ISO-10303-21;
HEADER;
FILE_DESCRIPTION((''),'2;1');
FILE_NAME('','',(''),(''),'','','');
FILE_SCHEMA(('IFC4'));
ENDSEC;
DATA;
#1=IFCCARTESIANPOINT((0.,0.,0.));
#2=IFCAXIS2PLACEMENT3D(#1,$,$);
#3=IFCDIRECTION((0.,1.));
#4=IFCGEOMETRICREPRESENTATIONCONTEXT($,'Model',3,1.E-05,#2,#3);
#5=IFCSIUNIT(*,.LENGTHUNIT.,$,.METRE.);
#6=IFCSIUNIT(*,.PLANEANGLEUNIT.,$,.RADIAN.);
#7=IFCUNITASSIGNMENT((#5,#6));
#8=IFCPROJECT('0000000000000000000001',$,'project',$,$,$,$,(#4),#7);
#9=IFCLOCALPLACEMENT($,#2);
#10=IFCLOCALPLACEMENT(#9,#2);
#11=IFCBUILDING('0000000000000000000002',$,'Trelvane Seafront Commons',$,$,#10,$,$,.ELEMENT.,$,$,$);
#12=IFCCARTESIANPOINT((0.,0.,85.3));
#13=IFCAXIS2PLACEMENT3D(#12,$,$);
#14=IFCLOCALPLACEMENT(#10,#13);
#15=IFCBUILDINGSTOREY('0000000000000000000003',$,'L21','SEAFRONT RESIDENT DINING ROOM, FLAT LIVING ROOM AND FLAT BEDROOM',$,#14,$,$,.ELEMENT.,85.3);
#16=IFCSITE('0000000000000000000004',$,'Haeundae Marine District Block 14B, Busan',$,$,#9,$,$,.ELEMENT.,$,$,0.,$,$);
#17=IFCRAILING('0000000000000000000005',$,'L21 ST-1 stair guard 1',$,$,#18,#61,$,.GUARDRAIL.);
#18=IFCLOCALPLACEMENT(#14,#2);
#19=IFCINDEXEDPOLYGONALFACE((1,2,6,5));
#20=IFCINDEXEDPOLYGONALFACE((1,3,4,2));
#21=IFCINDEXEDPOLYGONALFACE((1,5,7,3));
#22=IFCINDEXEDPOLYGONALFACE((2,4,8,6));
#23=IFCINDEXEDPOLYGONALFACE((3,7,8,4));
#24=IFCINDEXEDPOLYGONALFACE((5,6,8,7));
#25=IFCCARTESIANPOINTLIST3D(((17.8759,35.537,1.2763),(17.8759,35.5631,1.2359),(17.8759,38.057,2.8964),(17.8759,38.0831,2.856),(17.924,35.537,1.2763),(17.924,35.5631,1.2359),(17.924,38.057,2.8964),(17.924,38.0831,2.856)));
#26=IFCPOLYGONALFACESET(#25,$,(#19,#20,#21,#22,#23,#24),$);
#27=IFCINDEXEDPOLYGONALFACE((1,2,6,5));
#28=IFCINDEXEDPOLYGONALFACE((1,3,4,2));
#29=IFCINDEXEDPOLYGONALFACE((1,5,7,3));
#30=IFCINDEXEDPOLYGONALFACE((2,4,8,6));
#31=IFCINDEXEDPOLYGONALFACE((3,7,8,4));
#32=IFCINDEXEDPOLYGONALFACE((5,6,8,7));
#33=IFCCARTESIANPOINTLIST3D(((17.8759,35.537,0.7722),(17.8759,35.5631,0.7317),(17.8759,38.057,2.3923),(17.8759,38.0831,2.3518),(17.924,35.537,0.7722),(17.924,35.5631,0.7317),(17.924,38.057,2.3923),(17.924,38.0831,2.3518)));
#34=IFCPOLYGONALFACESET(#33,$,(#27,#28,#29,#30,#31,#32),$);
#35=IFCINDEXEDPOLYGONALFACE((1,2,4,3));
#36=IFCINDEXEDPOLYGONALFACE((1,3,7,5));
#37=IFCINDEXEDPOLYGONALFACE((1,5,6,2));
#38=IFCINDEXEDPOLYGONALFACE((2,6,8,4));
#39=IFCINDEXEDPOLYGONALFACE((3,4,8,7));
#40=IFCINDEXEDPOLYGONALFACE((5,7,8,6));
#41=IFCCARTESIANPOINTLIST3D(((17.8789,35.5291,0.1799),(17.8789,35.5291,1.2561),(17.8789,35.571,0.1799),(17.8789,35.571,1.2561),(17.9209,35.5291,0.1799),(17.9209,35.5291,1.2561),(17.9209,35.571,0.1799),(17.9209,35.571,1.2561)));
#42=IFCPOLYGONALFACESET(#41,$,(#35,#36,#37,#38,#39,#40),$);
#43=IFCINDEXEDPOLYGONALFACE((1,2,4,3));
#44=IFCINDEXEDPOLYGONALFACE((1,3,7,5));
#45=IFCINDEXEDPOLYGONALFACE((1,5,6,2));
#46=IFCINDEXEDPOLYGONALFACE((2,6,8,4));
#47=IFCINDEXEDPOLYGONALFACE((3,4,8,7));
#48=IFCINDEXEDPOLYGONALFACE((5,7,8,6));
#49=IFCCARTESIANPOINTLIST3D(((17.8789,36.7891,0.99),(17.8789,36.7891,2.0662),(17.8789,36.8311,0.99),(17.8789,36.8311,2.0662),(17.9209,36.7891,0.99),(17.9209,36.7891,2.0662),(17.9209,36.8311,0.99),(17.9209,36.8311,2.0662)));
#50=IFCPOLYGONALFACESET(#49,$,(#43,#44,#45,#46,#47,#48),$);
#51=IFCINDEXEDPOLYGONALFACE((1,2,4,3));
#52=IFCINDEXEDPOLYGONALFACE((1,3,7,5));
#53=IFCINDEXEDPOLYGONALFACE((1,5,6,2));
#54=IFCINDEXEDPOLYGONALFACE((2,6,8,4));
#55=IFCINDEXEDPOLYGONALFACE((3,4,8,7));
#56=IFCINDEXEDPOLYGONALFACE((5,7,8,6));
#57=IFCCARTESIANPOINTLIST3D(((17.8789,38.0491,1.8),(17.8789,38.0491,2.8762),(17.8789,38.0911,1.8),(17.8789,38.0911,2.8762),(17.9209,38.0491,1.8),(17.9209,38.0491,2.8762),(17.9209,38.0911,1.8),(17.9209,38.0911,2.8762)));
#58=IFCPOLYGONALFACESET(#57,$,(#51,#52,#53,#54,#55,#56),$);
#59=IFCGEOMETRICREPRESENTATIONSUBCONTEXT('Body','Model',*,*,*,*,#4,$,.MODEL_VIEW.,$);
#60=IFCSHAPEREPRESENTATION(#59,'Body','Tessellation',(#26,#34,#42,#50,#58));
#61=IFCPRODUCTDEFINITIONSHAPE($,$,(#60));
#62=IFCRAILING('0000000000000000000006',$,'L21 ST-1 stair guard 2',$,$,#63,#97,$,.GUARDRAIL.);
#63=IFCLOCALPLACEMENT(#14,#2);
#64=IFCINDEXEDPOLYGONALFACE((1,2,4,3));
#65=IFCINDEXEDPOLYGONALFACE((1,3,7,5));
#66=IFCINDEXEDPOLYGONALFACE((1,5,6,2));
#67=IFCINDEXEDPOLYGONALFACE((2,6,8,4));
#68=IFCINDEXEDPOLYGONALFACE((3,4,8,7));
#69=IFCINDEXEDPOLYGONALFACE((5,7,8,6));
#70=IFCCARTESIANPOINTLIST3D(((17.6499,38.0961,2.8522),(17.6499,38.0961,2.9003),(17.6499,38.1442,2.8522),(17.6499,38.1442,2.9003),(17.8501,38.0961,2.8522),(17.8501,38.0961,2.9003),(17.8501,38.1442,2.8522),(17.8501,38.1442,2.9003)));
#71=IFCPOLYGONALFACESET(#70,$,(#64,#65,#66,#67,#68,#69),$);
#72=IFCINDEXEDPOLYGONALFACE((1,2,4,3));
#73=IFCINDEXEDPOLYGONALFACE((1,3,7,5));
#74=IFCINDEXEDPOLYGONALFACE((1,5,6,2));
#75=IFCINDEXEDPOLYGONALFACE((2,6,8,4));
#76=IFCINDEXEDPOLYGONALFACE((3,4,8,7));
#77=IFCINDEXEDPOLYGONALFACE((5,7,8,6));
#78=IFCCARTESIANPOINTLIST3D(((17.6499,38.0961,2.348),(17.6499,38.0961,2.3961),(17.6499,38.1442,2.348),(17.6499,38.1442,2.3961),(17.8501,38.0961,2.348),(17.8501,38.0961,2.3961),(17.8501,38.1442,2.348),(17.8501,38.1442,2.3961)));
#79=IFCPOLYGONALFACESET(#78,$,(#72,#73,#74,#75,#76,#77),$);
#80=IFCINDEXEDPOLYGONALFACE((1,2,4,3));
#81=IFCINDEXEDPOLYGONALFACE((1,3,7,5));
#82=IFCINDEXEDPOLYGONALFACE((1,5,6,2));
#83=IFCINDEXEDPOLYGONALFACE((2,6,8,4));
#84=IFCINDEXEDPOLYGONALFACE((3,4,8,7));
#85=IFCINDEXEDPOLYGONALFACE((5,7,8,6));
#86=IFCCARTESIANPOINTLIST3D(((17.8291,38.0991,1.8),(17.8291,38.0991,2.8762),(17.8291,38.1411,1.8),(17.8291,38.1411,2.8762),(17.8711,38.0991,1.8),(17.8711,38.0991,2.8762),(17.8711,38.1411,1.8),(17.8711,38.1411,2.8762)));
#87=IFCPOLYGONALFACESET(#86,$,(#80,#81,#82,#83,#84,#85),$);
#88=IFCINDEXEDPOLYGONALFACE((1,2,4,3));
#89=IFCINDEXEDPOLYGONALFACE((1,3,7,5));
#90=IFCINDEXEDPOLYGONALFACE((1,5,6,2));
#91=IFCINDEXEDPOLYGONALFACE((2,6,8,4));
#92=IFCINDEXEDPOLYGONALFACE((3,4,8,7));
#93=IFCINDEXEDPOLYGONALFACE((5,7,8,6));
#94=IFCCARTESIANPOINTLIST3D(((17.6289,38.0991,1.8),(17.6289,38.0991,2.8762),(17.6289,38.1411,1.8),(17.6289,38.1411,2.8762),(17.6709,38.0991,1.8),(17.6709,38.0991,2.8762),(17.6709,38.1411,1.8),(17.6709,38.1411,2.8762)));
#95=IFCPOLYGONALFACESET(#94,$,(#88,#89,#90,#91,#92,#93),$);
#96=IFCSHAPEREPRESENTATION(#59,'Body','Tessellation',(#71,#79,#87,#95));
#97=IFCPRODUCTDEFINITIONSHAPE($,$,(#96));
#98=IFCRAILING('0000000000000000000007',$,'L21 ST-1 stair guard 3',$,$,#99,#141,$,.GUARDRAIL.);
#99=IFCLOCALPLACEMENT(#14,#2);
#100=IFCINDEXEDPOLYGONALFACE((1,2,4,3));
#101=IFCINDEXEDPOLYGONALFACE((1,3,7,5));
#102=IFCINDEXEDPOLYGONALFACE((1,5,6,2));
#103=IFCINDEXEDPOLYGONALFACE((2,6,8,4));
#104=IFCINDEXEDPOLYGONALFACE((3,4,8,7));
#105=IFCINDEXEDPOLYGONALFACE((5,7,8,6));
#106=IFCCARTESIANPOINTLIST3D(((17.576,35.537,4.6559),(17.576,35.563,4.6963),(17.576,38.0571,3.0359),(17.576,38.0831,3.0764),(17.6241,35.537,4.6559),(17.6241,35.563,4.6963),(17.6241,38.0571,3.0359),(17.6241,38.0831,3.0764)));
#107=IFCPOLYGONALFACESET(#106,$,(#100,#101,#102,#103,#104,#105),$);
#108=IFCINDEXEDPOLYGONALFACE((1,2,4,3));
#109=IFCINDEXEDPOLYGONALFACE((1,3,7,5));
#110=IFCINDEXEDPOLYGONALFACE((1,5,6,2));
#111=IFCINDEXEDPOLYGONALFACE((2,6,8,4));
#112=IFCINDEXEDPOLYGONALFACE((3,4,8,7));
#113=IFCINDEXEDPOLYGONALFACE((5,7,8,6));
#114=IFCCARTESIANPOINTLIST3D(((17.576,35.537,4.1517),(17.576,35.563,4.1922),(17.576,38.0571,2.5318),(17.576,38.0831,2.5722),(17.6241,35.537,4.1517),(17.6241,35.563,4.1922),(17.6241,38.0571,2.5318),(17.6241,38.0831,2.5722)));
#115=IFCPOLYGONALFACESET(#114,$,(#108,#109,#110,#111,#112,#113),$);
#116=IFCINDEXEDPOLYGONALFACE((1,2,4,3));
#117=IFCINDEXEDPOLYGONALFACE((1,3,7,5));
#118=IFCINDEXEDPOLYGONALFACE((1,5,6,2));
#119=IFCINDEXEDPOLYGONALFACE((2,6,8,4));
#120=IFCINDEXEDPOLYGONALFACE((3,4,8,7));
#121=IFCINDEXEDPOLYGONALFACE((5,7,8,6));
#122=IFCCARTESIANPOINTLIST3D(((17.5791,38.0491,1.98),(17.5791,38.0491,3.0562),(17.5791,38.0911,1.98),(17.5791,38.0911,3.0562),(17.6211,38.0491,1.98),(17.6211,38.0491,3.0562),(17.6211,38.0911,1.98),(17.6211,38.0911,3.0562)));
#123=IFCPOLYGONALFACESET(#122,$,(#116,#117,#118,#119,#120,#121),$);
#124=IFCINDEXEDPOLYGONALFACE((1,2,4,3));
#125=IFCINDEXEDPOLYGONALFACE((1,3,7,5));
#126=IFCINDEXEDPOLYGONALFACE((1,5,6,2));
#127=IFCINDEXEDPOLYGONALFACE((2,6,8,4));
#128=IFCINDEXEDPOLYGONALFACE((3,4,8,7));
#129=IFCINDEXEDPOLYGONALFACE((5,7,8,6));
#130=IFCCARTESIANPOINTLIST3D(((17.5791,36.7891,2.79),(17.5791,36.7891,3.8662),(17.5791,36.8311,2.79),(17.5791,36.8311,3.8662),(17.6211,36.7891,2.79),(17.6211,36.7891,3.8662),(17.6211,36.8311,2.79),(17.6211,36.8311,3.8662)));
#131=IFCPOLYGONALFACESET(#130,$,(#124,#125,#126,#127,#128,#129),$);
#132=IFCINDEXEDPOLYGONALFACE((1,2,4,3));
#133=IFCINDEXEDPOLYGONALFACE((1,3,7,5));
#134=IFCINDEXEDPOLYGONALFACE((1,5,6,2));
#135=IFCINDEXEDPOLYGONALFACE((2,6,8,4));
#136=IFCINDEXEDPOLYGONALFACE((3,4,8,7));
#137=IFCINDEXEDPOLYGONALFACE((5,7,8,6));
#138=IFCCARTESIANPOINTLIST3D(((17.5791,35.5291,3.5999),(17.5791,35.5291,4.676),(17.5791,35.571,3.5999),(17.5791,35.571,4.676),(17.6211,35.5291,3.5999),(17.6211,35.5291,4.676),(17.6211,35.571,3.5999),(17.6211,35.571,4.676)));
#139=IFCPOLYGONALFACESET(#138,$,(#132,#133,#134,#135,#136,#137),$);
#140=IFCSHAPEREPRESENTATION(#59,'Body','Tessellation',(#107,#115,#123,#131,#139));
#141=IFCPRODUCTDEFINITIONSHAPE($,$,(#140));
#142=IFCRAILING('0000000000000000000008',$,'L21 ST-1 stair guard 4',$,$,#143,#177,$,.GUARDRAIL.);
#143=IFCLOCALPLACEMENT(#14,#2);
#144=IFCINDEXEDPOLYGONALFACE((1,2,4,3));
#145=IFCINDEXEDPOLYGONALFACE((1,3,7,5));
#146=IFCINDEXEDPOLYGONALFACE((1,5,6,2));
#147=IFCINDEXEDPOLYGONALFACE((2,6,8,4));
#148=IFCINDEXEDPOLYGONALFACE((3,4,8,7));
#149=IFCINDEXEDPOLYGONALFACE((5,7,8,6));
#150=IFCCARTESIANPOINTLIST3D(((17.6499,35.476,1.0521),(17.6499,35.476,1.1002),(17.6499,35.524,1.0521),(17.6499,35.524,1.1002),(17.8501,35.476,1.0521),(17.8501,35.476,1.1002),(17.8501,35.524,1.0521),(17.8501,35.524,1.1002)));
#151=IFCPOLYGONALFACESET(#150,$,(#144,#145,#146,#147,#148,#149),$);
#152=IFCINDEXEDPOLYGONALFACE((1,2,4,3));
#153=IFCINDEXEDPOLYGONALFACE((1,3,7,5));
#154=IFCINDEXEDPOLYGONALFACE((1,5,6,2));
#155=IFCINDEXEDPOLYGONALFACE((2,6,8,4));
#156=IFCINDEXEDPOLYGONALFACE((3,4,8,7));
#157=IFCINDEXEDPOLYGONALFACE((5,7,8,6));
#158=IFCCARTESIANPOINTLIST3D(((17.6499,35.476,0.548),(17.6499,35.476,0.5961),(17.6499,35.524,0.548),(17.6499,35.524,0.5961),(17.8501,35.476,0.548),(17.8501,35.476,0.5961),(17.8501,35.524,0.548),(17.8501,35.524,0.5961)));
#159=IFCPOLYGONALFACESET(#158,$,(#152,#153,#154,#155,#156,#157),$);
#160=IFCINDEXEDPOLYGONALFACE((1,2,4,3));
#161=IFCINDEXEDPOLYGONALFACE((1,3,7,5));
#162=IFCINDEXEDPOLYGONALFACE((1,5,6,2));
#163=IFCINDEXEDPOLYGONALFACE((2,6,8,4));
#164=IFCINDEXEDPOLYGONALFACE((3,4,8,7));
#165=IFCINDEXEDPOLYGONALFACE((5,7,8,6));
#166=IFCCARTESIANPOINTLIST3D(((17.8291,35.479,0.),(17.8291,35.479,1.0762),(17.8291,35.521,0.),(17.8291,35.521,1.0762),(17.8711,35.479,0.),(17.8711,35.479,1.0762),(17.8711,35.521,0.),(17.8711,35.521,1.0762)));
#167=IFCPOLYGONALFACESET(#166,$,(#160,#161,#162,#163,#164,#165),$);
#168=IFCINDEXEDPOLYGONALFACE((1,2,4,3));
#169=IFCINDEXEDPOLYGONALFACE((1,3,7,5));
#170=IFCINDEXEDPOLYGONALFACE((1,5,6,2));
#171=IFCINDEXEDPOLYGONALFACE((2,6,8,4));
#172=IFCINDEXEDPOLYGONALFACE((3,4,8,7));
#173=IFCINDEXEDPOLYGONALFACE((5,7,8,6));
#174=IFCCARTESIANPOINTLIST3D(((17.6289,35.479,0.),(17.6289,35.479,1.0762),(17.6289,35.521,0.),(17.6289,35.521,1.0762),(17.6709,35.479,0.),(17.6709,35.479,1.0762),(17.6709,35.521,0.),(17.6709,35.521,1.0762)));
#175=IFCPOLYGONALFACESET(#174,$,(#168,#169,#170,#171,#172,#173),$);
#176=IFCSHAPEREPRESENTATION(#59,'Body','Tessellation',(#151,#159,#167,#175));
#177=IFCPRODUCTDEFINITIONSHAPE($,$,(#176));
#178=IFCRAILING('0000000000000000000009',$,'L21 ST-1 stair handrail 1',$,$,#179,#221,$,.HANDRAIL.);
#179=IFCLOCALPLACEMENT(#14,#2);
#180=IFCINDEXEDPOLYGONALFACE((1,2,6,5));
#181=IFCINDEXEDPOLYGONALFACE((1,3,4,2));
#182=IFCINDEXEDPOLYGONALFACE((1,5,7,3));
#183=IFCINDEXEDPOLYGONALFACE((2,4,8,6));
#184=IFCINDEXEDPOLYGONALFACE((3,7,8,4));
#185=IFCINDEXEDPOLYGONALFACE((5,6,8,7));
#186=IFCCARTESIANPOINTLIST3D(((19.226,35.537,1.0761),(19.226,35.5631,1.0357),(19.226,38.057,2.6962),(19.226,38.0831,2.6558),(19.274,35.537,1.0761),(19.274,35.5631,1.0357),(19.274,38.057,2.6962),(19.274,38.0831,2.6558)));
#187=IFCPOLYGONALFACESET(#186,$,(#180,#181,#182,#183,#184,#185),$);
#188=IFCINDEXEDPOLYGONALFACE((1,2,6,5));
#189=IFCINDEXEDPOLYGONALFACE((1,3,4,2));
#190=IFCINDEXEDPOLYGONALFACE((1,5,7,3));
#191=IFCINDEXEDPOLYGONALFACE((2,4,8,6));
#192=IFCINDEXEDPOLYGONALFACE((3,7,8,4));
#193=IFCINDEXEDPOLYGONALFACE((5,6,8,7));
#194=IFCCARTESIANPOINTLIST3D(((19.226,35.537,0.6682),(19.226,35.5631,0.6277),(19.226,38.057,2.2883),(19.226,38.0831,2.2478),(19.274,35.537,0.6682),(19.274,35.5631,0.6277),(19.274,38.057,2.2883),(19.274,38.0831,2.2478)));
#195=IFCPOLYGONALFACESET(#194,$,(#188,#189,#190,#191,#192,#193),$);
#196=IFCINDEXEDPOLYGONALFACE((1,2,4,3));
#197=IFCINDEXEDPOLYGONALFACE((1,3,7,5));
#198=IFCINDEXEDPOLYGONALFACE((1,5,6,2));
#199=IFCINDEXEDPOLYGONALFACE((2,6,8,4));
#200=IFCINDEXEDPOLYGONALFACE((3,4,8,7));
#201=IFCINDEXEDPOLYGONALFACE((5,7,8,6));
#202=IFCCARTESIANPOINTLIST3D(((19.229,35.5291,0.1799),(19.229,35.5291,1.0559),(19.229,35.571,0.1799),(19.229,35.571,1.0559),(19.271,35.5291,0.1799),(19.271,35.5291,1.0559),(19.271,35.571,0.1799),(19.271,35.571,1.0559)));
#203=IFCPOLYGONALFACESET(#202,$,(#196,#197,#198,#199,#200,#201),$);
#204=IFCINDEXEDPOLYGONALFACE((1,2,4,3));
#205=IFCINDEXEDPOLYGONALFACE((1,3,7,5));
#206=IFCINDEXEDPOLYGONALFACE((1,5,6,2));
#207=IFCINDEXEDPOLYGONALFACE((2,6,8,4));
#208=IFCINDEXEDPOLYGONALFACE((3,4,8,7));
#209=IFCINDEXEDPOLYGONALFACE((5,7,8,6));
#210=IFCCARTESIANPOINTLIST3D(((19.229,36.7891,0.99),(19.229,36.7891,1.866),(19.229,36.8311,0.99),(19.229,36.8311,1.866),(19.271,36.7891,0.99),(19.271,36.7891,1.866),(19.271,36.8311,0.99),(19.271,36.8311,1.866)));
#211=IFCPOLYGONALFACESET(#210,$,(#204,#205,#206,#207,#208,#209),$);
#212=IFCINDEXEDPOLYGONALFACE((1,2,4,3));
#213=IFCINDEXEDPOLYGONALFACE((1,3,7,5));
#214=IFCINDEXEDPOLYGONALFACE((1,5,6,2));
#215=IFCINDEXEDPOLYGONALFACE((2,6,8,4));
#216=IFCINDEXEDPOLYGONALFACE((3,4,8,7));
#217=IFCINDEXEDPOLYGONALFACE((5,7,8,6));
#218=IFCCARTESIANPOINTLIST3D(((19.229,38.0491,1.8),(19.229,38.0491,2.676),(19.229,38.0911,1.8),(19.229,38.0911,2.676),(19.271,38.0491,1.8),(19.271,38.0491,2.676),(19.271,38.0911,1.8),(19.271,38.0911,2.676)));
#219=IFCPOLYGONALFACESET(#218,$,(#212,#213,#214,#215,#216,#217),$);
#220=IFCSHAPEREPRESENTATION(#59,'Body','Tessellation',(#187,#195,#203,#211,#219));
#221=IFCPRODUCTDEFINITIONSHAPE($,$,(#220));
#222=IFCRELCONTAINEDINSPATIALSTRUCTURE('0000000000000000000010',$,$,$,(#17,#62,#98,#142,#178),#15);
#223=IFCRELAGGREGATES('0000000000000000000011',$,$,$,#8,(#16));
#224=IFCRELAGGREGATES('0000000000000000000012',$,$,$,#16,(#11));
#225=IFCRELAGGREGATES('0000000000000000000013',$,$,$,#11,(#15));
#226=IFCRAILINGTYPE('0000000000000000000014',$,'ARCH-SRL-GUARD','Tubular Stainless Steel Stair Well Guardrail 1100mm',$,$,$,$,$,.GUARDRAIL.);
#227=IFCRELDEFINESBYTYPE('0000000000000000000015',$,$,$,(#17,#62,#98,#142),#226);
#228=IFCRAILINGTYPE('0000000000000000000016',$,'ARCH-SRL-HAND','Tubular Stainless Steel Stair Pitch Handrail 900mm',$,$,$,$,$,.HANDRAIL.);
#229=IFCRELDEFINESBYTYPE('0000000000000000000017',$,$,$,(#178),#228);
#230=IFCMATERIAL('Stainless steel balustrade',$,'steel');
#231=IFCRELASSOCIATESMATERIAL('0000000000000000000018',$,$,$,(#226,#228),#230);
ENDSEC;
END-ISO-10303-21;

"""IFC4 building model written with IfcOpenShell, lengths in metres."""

from ifc_helpers import new_model, si_unit, direction, frame, origin, origin_2d, place, context, subcontext, project, spatial, rectangle, extrude, material, type_object, element, save


model = new_model("IFC4")

# Units and contexts
model_context = context("Model", 3, precision=1e-05, world=origin(), true_north=direction((0.0, 1.0)))
body_context = subcontext(model_context, "Body", "Model", "MODEL_VIEW")
ifc_project = project(units=[si_unit("LENGTHUNIT", "METRE"), si_unit("PLANEANGLEUNIT", "RADIAN")], contexts=[model_context])

# Site, building, storey
site_placement = place(None, origin())
site = spatial("IfcSite", under=ifc_project, at=site_placement, Name="Haeundae Marine District Block 14B, Busan", CompositionType="ELEMENT", RefElevation=0.0)
building_placement = place(site_placement, origin())
building = spatial("IfcBuilding", under=site, at=building_placement, Name="Trelvane Seafront Commons", CompositionType="ELEMENT")
storey_placement = place(building_placement, frame((0.0, 0.0, 85.3)))
storey = spatial("IfcBuildingStorey", under=building, at=storey_placement, Name="L21", Description="SEAFRONT RESIDENT DINING ROOM, FLAT LIVING ROOM AND FLAT BEDROOM", CompositionType="ELEMENT", Elevation=85.3)

# Shared definitions
ifc_material_1 = material(Name="Stainless steel balustrade", Category="steel")

# Railings
railing_type_1 = type_object("IfcRailingType", Name="ARCH-SRL-GUARD", Description="Tubular Stainless Steel Stair Well Guardrail 1100mm", PredefinedType="GUARDRAIL", material=ifc_material_1)
railing_1_placement = place(storey_placement, frame((17.8999, 35.55, 0.1799)))
element("IfcRailing", 1, at=railing_1_placement, inside=storey, type_object=railing_type_1, Name="L21 ST-1 stair guard 1", PredefinedType="GUARDRAIL", context=body_context, shape_type="SweptSolid", body=[
    extrude(rectangle(XDim=0.0481, YDim=0.0481, at=origin_2d()), frame((0.0, 0.0, 1.0762), z_axis=(0.0, 0.841163, 0.540782), x_axis=(-1.0, 0.0, 0.0)), (0.0, 0.0, 1.0), 2.9958),
    extrude(rectangle(XDim=0.0481, YDim=0.0481, at=origin_2d()), frame((0.0, 0.0, 0.572), z_axis=(0.0, 0.841163, 0.540782), x_axis=(-1.0, 0.0, 0.0)), (0.0, 0.0, 1.0), 2.9958),
    extrude(rectangle(XDim=0.042, YDim=0.042, at=origin_2d()), origin(), (0.0, 0.0, 1.0), 1.0762),
    extrude(rectangle(XDim=0.042, YDim=0.042, at=origin_2d()), frame((0.0, 1.26, 0.8101)), (0.0, 0.0, 1.0), 1.0762),
    extrude(rectangle(XDim=0.042, YDim=0.042, at=origin_2d()), frame((0.0, 2.52, 1.6201)), (0.0, 0.0, 1.0), 1.0762),
])
railing_2_placement = place(storey_placement, frame((17.8501, 38.1201, 1.8)))
element("IfcRailing", 2, at=railing_2_placement, inside=storey, type_object=railing_type_1, Name="L21 ST-1 stair guard 2", PredefinedType="GUARDRAIL", context=body_context, shape_type="SweptSolid", body=[
    extrude(rectangle(XDim=0.0481, YDim=0.0481, at=origin_2d()), frame((0.0, 0.0, 1.0762), z_axis=(-1.0, 0.0, 0.0), x_axis=(0.0, -1.0, 0.0)), (0.0, 0.0, 1.0), 0.2002),
    extrude(rectangle(XDim=0.0481, YDim=0.0481, at=origin_2d()), frame((0.0, 0.0, 0.572), z_axis=(-1.0, 0.0, 0.0), x_axis=(0.0, -1.0, 0.0)), (0.0, 0.0, 1.0), 0.2002),
    extrude(rectangle(XDim=0.042, YDim=0.042, at=origin_2d()), origin(), (0.0, 0.0, 1.0), 1.0762),
    extrude(rectangle(XDim=0.042, YDim=0.042, at=origin_2d()), frame((-0.2002, 0.0, 0.0)), (0.0, 0.0, 1.0), 1.0762),
])
railing_3_placement = place(storey_placement, frame((17.6001, 38.0701, 1.98)))
element("IfcRailing", 3, at=railing_3_placement, inside=storey, type_object=railing_type_1, Name="L21 ST-1 stair guard 3", PredefinedType="GUARDRAIL", context=body_context, shape_type="SweptSolid", body=[
    extrude(rectangle(XDim=0.0481, YDim=0.0481, at=origin_2d()), frame((0.0, 0.0, 1.0762), z_axis=(0.0, -0.8412, 0.540725), x_axis=(1.0, 0.0, 0.0)), (0.0, 0.0, 1.0), 2.9958),
    extrude(rectangle(XDim=0.0481, YDim=0.0481, at=origin_2d()), frame((0.0, 0.0, 0.572), z_axis=(0.0, -0.8412, 0.540725), x_axis=(1.0, 0.0, 0.0)), (0.0, 0.0, 1.0), 2.9958),
    extrude(rectangle(XDim=0.042, YDim=0.042, at=origin_2d()), origin(), (0.0, 0.0, 1.0), 1.0762),
    extrude(rectangle(XDim=0.042, YDim=0.042, at=origin_2d()), frame((0.0, -1.26, 0.8101)), (0.0, 0.0, 1.0), 1.0762),
    extrude(rectangle(XDim=0.042, YDim=0.042, at=origin_2d()), frame((0.0, -2.52, 1.6199)), (0.0, 0.0, 1.0), 1.0762),
])
railing_4_placement = place(storey_placement, frame((17.8501, 35.5, 0.0)))
element("IfcRailing", 4, at=railing_4_placement, inside=storey, type_object=railing_type_1, Name="L21 ST-1 stair guard 4", PredefinedType="GUARDRAIL", context=body_context, shape_type="SweptSolid", body=[
    extrude(rectangle(XDim=0.0481, YDim=0.0481, at=origin_2d()), frame((0.0, 0.0, 1.0762), z_axis=(-1.0, 0.0, 0.0), x_axis=(0.0, -1.0, 0.0)), (0.0, 0.0, 1.0), 0.2002),
    extrude(rectangle(XDim=0.0481, YDim=0.0481, at=origin_2d()), frame((0.0, 0.0, 0.572), z_axis=(-1.0, 0.0, 0.0), x_axis=(0.0, -1.0, 0.0)), (0.0, 0.0, 1.0), 0.2002),
    extrude(rectangle(XDim=0.042, YDim=0.042, at=origin_2d()), origin(), (0.0, 0.0, 1.0), 1.0762),
    extrude(rectangle(XDim=0.042, YDim=0.042, at=origin_2d()), frame((-0.2002, 0.0, 0.0)), (0.0, 0.0, 1.0), 1.0762),
])
railing_type_2 = type_object("IfcRailingType", Name="ARCH-SRL-HAND", Description="Tubular Stainless Steel Stair Pitch Handrail 900mm", PredefinedType="HANDRAIL", material=ifc_material_1)
railing_5_placement = place(storey_placement, frame((19.25, 35.55, 0.1799)))
element("IfcRailing", 5, at=railing_5_placement, inside=storey, type_object=railing_type_2, Name="L21 ST-1 stair handrail 1", PredefinedType="HANDRAIL", context=body_context, shape_type="SweptSolid", body=[
    extrude(rectangle(XDim=0.0481, YDim=0.0481, at=origin_2d()), frame((0.0, 0.0, 0.876), z_axis=(0.0, 0.841163, 0.540782), x_axis=(-1.0, 0.0, 0.0)), (0.0, 0.0, 1.0), 2.9958),
    extrude(rectangle(XDim=0.0481, YDim=0.0481, at=origin_2d()), frame((0.0, 0.0, 0.468), z_axis=(0.0, 0.841163, 0.540782), x_axis=(-1.0, 0.0, 0.0)), (0.0, 0.0, 1.0), 2.9958),
    extrude(rectangle(XDim=0.042, YDim=0.042, at=origin_2d()), origin(), (0.0, 0.0, 1.0), 0.876),
    extrude(rectangle(XDim=0.042, YDim=0.042, at=origin_2d()), frame((0.0, 1.26, 0.8101)), (0.0, 0.0, 1.0), 0.876),
    extrude(rectangle(XDim=0.042, YDim=0.042, at=origin_2d()), frame((0.0, 2.52, 1.6201)), (0.0, 0.0, 1.0), 0.876),
])

save(model, "model.ifc")
